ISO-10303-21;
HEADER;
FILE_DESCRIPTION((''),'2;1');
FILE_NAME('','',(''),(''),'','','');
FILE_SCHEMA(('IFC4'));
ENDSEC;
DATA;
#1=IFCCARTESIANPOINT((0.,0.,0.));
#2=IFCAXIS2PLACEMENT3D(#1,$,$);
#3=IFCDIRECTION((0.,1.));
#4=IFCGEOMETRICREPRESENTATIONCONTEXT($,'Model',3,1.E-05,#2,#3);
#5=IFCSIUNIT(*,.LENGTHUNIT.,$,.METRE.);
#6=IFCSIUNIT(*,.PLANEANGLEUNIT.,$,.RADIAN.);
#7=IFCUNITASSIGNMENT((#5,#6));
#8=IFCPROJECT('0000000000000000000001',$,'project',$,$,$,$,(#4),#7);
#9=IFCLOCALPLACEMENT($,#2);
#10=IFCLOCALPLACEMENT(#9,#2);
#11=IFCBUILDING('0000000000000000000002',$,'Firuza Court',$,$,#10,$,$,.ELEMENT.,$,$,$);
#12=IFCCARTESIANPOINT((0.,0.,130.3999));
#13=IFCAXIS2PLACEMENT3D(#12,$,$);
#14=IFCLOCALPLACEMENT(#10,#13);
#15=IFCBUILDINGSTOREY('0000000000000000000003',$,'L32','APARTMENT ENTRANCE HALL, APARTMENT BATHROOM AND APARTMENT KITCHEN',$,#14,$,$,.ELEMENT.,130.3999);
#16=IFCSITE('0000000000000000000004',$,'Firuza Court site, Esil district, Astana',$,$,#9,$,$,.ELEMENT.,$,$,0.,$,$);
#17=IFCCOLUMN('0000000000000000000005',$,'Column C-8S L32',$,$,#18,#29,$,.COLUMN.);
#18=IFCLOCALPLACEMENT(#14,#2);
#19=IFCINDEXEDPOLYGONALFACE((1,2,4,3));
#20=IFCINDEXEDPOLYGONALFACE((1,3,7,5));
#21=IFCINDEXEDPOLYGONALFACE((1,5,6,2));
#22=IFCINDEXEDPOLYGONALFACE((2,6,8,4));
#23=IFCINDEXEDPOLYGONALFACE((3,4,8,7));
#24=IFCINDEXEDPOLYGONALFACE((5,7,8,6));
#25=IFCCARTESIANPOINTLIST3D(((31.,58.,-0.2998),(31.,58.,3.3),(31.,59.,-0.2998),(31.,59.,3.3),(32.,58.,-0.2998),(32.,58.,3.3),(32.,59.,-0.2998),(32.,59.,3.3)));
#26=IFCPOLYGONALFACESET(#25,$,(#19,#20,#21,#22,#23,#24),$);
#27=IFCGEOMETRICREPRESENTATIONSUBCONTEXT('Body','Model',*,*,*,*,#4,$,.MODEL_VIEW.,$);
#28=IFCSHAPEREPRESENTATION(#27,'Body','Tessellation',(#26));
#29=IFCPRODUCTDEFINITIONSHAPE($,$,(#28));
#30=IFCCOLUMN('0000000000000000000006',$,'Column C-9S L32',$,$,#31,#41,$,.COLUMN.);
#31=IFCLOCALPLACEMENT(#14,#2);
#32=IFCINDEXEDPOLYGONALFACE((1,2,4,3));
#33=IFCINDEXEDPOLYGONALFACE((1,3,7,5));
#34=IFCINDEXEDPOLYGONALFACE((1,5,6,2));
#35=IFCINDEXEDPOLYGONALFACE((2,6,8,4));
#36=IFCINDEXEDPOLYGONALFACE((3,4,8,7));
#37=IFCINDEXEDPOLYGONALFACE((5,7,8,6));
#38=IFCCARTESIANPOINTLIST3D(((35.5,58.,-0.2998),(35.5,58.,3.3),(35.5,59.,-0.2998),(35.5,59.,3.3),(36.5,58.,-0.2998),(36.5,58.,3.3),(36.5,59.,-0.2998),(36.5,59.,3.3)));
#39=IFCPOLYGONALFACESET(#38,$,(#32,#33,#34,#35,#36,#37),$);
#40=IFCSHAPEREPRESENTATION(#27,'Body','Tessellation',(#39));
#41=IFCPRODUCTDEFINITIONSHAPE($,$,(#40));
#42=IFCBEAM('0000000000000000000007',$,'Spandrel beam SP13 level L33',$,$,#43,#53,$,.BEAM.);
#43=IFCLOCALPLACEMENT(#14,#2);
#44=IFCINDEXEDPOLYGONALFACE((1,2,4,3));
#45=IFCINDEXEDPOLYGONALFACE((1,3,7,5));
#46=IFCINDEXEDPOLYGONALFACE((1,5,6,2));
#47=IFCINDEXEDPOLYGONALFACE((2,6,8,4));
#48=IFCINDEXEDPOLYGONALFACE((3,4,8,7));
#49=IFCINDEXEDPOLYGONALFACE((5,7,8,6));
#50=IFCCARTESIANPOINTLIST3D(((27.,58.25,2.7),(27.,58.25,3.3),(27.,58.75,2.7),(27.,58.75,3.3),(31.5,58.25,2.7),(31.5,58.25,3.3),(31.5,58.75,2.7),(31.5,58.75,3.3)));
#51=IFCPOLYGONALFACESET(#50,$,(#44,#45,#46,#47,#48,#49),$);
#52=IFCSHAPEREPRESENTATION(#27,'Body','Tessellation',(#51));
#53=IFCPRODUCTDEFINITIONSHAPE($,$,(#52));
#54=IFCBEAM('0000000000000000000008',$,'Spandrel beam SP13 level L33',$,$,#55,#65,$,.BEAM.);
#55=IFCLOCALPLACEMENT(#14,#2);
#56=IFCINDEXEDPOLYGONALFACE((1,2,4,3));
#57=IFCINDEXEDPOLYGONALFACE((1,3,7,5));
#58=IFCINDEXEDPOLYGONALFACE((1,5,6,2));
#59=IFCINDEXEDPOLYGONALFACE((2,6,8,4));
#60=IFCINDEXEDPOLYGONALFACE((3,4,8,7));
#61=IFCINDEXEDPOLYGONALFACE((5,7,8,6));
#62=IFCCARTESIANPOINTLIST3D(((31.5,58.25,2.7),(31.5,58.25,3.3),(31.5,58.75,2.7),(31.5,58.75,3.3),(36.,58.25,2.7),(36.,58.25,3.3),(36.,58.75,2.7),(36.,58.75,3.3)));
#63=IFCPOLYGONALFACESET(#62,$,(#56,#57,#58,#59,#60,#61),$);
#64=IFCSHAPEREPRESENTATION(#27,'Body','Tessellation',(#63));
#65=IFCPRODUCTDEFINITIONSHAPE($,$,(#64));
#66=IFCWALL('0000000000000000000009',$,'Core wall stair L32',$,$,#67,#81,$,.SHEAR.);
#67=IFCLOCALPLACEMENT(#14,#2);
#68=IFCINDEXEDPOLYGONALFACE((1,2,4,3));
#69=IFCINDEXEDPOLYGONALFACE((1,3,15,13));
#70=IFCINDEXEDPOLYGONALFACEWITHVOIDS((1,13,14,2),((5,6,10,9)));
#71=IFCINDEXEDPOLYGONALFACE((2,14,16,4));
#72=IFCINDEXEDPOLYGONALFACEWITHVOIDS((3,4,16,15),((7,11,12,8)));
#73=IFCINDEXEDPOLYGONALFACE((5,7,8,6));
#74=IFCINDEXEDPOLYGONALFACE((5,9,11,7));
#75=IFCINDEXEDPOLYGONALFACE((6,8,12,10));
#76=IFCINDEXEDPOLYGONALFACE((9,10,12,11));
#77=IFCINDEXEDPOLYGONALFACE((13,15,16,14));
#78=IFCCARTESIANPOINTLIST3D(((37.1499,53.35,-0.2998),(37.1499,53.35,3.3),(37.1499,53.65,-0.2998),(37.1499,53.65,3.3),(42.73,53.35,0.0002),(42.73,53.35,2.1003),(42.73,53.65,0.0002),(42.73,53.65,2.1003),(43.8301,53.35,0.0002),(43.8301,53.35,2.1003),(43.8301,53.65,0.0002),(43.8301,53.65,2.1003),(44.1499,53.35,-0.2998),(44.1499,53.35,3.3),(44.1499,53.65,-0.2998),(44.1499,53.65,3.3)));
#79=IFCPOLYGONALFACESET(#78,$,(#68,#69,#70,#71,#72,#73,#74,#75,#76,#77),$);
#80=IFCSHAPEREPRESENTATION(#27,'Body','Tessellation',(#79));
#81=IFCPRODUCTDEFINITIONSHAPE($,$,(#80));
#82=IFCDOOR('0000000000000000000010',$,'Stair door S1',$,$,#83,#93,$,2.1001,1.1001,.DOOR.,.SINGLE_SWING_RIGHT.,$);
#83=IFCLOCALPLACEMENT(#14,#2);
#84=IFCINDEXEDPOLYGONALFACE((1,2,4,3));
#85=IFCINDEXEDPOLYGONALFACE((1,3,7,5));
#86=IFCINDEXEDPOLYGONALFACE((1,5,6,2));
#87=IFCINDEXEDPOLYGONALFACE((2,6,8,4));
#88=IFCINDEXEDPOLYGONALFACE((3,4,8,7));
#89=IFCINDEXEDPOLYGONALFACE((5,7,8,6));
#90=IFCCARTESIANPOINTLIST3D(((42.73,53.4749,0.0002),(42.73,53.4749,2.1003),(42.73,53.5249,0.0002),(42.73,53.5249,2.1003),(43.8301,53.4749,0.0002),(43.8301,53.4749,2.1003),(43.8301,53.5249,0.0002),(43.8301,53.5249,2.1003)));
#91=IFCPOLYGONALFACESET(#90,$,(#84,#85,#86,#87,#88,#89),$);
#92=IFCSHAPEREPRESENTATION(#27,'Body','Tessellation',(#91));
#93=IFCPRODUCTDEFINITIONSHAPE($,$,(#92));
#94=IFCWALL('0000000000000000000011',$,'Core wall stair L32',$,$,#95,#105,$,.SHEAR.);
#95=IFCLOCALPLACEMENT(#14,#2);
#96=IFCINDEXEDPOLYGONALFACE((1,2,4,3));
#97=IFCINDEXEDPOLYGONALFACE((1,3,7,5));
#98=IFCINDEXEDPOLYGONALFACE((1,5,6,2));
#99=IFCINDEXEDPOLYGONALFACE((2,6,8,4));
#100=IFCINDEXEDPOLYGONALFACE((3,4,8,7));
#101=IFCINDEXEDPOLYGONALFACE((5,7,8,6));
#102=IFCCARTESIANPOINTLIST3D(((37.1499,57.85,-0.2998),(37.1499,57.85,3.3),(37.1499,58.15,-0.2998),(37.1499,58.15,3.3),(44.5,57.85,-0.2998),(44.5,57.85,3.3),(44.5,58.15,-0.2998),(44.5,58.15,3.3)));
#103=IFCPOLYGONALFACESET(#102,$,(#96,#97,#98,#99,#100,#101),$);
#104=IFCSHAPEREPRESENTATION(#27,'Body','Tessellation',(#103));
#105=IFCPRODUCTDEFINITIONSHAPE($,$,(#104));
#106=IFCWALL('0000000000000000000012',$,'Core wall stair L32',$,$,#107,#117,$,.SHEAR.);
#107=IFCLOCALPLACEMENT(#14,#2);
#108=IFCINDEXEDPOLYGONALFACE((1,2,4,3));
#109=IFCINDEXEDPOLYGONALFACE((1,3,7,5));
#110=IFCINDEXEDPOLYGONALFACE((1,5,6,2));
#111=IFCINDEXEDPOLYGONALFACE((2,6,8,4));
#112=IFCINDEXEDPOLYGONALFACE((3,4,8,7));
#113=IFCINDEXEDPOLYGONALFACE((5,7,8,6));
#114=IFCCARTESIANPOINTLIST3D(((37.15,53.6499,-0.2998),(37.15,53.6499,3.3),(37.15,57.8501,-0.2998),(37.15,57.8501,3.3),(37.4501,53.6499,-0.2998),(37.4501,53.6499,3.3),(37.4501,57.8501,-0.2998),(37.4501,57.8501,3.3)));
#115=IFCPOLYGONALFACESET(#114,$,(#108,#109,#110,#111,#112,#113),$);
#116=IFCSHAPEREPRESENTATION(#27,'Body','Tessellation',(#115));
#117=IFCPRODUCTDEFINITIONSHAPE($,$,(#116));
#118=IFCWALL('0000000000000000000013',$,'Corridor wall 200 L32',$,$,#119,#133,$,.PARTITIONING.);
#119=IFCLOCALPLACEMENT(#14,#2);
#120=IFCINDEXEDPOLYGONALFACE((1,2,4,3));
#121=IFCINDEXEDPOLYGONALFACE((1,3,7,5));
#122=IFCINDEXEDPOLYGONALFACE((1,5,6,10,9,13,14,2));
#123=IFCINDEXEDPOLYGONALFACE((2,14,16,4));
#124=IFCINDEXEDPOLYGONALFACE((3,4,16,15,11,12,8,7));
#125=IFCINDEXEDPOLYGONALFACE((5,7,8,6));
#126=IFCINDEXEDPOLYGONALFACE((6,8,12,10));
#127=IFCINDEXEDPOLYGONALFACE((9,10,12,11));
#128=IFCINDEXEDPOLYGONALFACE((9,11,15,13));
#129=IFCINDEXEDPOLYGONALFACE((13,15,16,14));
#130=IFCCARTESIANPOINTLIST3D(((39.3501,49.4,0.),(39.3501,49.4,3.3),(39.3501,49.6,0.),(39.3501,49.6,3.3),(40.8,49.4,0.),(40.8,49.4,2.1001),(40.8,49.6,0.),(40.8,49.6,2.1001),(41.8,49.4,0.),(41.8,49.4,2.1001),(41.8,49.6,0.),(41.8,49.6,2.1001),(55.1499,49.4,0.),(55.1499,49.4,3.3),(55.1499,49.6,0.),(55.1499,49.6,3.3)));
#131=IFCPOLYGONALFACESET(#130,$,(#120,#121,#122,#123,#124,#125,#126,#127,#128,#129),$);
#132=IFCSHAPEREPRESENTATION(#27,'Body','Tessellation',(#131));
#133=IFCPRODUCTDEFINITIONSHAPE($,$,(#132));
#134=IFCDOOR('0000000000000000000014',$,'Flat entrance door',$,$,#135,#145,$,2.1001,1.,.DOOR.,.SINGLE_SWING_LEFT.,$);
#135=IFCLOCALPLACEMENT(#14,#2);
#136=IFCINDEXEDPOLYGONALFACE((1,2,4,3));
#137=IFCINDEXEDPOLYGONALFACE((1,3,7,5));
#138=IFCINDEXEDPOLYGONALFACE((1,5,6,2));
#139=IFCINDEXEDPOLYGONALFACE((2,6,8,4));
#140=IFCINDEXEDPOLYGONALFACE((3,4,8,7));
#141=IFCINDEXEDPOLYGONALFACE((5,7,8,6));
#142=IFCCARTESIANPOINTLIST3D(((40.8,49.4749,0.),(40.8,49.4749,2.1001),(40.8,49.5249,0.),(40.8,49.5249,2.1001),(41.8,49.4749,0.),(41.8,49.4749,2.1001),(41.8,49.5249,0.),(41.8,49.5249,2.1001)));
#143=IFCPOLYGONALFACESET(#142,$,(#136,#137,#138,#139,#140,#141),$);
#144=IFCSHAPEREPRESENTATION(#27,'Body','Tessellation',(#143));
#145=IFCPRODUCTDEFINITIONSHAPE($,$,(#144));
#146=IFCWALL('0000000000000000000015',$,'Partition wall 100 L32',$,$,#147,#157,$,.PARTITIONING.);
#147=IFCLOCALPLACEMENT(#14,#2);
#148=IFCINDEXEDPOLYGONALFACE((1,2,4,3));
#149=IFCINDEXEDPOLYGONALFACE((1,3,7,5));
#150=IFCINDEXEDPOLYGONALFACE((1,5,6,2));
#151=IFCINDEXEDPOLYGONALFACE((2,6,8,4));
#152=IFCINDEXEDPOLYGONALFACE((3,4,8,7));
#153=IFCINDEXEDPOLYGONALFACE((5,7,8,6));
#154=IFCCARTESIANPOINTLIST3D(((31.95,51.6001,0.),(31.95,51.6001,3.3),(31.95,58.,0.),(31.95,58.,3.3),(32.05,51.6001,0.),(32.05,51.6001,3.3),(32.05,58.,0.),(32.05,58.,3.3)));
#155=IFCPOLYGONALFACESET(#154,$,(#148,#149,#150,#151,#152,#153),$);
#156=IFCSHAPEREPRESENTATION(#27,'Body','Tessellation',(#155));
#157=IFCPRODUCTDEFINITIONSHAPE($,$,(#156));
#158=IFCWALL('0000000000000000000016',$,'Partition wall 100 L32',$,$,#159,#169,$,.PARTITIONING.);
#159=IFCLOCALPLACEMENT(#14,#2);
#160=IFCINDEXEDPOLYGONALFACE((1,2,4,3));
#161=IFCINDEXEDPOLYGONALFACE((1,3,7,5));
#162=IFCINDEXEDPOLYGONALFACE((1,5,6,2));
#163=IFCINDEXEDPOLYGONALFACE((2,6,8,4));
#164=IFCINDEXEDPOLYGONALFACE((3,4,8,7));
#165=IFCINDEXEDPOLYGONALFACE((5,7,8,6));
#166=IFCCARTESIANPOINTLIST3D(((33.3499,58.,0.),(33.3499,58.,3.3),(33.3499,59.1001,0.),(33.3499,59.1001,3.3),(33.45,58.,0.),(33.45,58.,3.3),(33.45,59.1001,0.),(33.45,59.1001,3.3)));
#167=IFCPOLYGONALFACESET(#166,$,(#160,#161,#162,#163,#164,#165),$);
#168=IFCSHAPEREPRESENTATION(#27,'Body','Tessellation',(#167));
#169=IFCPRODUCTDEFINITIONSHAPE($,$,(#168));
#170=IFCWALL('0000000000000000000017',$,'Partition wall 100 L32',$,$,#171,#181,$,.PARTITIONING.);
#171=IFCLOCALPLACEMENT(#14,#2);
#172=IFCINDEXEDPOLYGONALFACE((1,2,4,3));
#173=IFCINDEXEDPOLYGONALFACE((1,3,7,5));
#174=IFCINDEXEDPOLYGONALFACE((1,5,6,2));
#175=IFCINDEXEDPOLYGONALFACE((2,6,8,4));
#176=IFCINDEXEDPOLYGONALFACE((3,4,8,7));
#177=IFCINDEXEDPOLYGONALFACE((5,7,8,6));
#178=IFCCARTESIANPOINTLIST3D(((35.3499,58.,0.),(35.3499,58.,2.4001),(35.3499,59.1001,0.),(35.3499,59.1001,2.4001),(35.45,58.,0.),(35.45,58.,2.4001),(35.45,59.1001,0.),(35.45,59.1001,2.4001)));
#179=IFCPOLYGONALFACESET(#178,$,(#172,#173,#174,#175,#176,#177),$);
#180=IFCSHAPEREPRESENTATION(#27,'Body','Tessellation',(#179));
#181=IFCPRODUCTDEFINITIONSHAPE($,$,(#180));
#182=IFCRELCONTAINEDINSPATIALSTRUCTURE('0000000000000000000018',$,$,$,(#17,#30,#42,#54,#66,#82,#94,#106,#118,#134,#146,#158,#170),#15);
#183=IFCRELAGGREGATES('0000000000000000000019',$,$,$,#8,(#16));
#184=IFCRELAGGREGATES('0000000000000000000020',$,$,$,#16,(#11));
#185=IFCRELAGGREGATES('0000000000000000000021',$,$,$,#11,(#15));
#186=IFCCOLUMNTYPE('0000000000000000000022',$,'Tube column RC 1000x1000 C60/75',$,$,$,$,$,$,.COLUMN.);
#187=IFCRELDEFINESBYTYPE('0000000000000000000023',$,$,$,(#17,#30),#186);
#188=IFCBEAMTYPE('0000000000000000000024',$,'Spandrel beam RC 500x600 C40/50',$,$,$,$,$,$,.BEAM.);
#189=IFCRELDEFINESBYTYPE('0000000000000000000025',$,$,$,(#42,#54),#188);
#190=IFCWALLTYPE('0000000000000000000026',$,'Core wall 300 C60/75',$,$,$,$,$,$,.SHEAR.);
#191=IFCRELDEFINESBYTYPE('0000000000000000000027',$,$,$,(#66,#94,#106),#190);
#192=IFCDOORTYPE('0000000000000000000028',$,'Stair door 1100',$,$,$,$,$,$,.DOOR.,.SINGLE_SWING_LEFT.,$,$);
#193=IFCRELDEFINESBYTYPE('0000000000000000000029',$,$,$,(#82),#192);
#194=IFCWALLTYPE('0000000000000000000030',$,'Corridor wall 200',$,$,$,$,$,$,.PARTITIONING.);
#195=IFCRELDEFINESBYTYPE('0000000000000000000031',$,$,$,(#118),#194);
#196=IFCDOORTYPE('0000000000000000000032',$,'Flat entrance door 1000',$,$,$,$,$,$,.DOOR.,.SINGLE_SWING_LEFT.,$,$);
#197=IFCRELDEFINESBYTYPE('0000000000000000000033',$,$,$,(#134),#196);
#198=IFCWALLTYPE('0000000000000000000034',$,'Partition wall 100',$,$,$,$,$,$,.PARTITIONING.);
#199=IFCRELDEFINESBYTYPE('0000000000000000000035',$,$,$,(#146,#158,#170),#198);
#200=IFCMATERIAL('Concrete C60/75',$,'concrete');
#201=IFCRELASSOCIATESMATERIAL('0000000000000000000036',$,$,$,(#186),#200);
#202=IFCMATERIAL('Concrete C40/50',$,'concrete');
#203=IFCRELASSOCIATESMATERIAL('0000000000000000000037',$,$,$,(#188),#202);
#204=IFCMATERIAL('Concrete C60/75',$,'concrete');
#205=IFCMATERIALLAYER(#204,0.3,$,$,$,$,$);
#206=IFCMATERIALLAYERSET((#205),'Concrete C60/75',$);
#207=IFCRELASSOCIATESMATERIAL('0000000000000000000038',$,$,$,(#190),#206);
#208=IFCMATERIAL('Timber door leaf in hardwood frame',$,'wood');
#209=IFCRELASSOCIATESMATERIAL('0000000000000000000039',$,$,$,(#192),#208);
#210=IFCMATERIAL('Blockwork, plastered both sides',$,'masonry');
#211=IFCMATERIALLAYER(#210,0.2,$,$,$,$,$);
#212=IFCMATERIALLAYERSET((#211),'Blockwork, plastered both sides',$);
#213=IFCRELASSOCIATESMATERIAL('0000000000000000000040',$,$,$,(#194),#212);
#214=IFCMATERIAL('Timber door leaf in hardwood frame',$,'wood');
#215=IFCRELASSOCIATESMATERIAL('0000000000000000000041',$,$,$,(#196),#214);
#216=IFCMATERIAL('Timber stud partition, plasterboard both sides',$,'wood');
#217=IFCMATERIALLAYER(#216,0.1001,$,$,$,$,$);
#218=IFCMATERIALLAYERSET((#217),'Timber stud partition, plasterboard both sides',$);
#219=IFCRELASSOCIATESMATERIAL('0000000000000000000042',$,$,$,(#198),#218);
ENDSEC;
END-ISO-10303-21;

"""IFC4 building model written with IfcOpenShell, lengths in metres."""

from ifc_helpers import new_model, si_unit, direction, frame, frame_2d, origin, origin_2d, place, context, subcontext, project, spatial, rectangle, extrude, material, layer, layer_set, material_profile, profile_set, type_object, element, fill, save


model = new_model("IFC4")

# Units and contexts
model_context = context("Model", 3, precision=1e-05, world=origin(), true_north=direction((0.0, 1.0)))
body_context = subcontext(model_context, "Body", "Model", "MODEL_VIEW")
ifc_project = project(units=[si_unit("LENGTHUNIT", "METRE"), si_unit("PLANEANGLEUNIT", "RADIAN")], contexts=[model_context])

# Site, building, storey
site_placement = place(None, origin())
site = spatial("IfcSite", under=ifc_project, at=site_placement, Name="Firuza Court site, Esil district, Astana", CompositionType="ELEMENT", RefElevation=0.0)
building_placement = place(site_placement, origin())
building = spatial("IfcBuilding", under=site, at=building_placement, Name="Firuza Court", CompositionType="ELEMENT")
storey_placement = place(building_placement, frame((0.0, 0.0, 130.3999)))
storey = spatial("IfcBuildingStorey", under=building, at=storey_placement, Name="L32", Description="APARTMENT ENTRANCE HALL, APARTMENT BATHROOM AND APARTMENT KITCHEN", CompositionType="ELEMENT", Elevation=130.3999)

# Columns
ifc_material_1 = material(Name="Concrete C60/75", Category="concrete")
ifc_material_profile_1 = material_profile(ifc_material_1, rectangle(XDim=1.0, YDim=1.0, at=origin_2d()), Name="RC 1000x1000")
ifc_profile_set_1 = profile_set([ifc_material_profile_1], Name="Concrete C60/75")
column_type = type_object("IfcColumnType", Name="Tube column RC 1000x1000 C60/75", PredefinedType="COLUMN", material=ifc_profile_set_1)
for number, where, z_axis, x_axis, name in (
    (1, (31.5, 58.5, -0.2998), (0.0, 0.0, 1.0), (1.0, 0.0, 0.0), "Column C-8S L32"),
    (2, (36.0, 58.5, -0.2998), (0.0, 0.0, 1.0), (1.0, 0.0, 0.0), "Column C-9S L32"),
):
    element("IfcColumn", number, at=place(storey_placement, frame(where, z_axis=z_axis, x_axis=x_axis)), inside=storey, type_object=column_type, Name=name, PredefinedType="COLUMN", context=body_context, shape_type="SweptSolid", body=[
        extrude(rectangle(XDim=1.0, YDim=1.0, at=origin_2d()), origin(), (0.0, 0.0, 1.0), 3.5999),
    ])

# Beams
ifc_material_2 = material(Name="Concrete C40/50", Category="concrete")
ifc_material_profile_2 = material_profile(ifc_material_2, rectangle(XDim=0.5, YDim=0.6001, at=origin_2d()), Name="RC 500x600")
ifc_profile_set_2 = profile_set([ifc_material_profile_2], Name="Concrete C40/50")
beam_type = type_object("IfcBeamType", Name="Spandrel beam RC 500x600 C40/50", PredefinedType="BEAM", material=ifc_profile_set_2)
for number, where, z_axis, x_axis, name in (
    (3, (31.5, 58.5, 3.0), (-1.0, 0.0, 0.0), (0.0, -1.0, 0.0), "Spandrel beam SP13 level L33"),
    (4, (36.0, 58.5, 3.0), (-1.0, 0.0, 0.0), (0.0, -1.0, 0.0), "Spandrel beam SP13 level L33"),
):
    element("IfcBeam", number, at=place(storey_placement, frame(where, z_axis=z_axis, x_axis=x_axis)), inside=storey, type_object=beam_type, Name=name, PredefinedType="BEAM", context=body_context, shape_type="SweptSolid", body=[
        extrude(rectangle(XDim=0.5, YDim=0.6001, at=origin_2d()), origin(), (0.0, 0.0, 1.0), 4.5),
    ])

# Wall, opening, door
ifc_material_3 = material(Name="Concrete C60/75", Category="concrete")
ifc_layer_1 = layer(ifc_material_3, 0.3)
ifc_layer_set_1 = layer_set([ifc_layer_1], Name="Concrete C60/75")
wall_type_1 = type_object("IfcWallType", Name="Core wall 300 C60/75", PredefinedType="SHEAR", material=ifc_layer_set_1)
wall_1_placement = place(storey_placement, frame((37.1499, 53.5, -0.2998), z_axis=(0.0, 0.0, 1.0), x_axis=(1.0, 0.0, 0.0)))
wall_1 = element("IfcWall", 5, at=wall_1_placement, inside=storey, type_object=wall_type_1, Name="Core wall stair L32", PredefinedType="SHEAR", context=body_context, shape_type="SweptSolid", body=[
    extrude(rectangle(XDim=7.0, YDim=0.3, at=frame_2d((3.5, 0.0))), origin(), (0.0, 0.0, 1.0), 3.5999),
])
opening_1_placement = place(wall_1_placement, frame((5.5801, 0.0, 0.3)))
opening_1 = element("IfcOpeningElement", 6, at=opening_1_placement, cuts=wall_1, PredefinedType="OPENING", context=body_context, shape_type="SweptSolid", body=[
    extrude(rectangle(XDim=1.1001, YDim=2.1001, at=frame_2d((0.55, 1.05))), frame((0.0, 0.1621, 0.0), z_axis=(0.0, -1.0, 0.0), x_axis=(1.0, 0.0, 0.0)), (0.0, 0.0, 1.0), 0.324),
])
ifc_material_4 = material(Name="Timber door leaf in hardwood frame", Category="wood")
door_type_1 = type_object("IfcDoorType", Name="Stair door 1100", OperationType="SINGLE_SWING_LEFT", PredefinedType="DOOR", material=ifc_material_4)
door_1_placement = place(opening_1_placement, origin())
door_1 = element("IfcDoor", 7, at=door_1_placement, inside=storey, type_object=door_type_1, Name="Stair door S1", OperationType="SINGLE_SWING_RIGHT", OverallHeight=2.1001, OverallWidth=1.1001, PredefinedType="DOOR", context=body_context, shape_type="SweptSolid", body=[
    extrude(rectangle(XDim=1.1001, YDim=2.1001, at=frame_2d((0.55, 1.05))), frame((0.0, 0.0249, 0.0), z_axis=(0.0, -1.0, 0.0), x_axis=(1.0, 0.0, 0.0)), (0.0, 0.0, 1.0), 0.05),
])
fill(opening_1, door_1)

# Walls
wall_2_placement = place(storey_placement, frame((37.1499, 58.0, -0.2998), z_axis=(0.0, 0.0, 1.0), x_axis=(1.0, 0.0, 0.0)))
element("IfcWall", 8, at=wall_2_placement, inside=storey, type_object=wall_type_1, Name="Core wall stair L32", PredefinedType="SHEAR", context=body_context, shape_type="SweptSolid", body=[
    extrude(rectangle(XDim=7.3501, YDim=0.3, at=frame_2d((3.675, 0.0))), origin(), (0.0, 0.0, 1.0), 3.5999),
])
wall_3_placement = place(storey_placement, frame((37.3, 53.6499, -0.2998), z_axis=(0.0, 0.0, 1.0), x_axis=(0.0, 1.0, 0.0)))
element("IfcWall", 9, at=wall_3_placement, inside=storey, type_object=wall_type_1, Name="Core wall stair L32", PredefinedType="SHEAR", context=body_context, shape_type="SweptSolid", body=[
    extrude(rectangle(XDim=4.2002, YDim=0.3, at=frame_2d((2.1001, 0.0))), origin(), (0.0, 0.0, 1.0), 3.5999),
])

# Wall, opening, door
ifc_material_5 = material(Name="Blockwork, plastered both sides", Category="masonry")
ifc_layer_2 = layer(ifc_material_5, 0.2)
ifc_layer_set_2 = layer_set([ifc_layer_2], Name="Blockwork, plastered both sides")
wall_type_2 = type_object("IfcWallType", Name="Corridor wall 200", PredefinedType="PARTITIONING", material=ifc_layer_set_2)
wall_4_placement = place(storey_placement, frame((39.3501, 49.5, 0.0), z_axis=(0.0, 0.0, 1.0), x_axis=(1.0, 0.0, 0.0)))
wall_4 = element("IfcWall", 10, at=wall_4_placement, inside=storey, type_object=wall_type_2, Name="Corridor wall 200 L32", PredefinedType="PARTITIONING", context=body_context, shape_type="SweptSolid", body=[
    extrude(rectangle(XDim=15.7998, YDim=0.2, at=frame_2d((7.8999, 0.0))), origin(), (0.0, 0.0, 1.0), 3.3),
])
opening_2_placement = place(wall_4_placement, frame((1.45, 0.0, 0.0)))
opening_2 = element("IfcOpeningElement", 11, at=opening_2_placement, cuts=wall_4, PredefinedType="OPENING", context=body_context, shape_type="SweptSolid", body=[
    extrude(rectangle(XDim=1.0, YDim=2.1001, at=frame_2d((0.5, 1.05))), frame((0.0, 0.1118, 0.0), z_axis=(0.0, -1.0, 0.0), x_axis=(1.0, 0.0, 0.0)), (0.0, 0.0, 1.0), 0.2239),
])
ifc_material_6 = material(Name="Timber door leaf in hardwood frame", Category="wood")
door_type_2 = type_object("IfcDoorType", Name="Flat entrance door 1000", OperationType="SINGLE_SWING_LEFT", PredefinedType="DOOR", material=ifc_material_6)
door_2_placement = place(opening_2_placement, origin())
door_2 = element("IfcDoor", 12, at=door_2_placement, inside=storey, type_object=door_type_2, Name="Flat entrance door", OperationType="SINGLE_SWING_LEFT", OverallHeight=2.1001, OverallWidth=1.0, PredefinedType="DOOR", context=body_context, shape_type="SweptSolid", body=[
    extrude(rectangle(XDim=1.0, YDim=2.1001, at=frame_2d((0.5, 1.05))), frame((0.0, 0.0249, 0.0), z_axis=(0.0, -1.0, 0.0), x_axis=(1.0, 0.0, 0.0)), (0.0, 0.0, 1.0), 0.05),
])
fill(opening_2, door_2)

# Walls
ifc_material_7 = material(Name="Timber stud partition, plasterboard both sides", Category="wood")
ifc_layer_3 = layer(ifc_material_7, 0.1001)
ifc_layer_set_3 = layer_set([ifc_layer_3], Name="Timber stud partition, plasterboard both sides")
wall_type_3 = type_object("IfcWallType", Name="Partition wall 100", PredefinedType="PARTITIONING", material=ifc_layer_set_3)
wall_5_placement = place(storey_placement, frame((32.0, 51.6001, 0.0), z_axis=(0.0, 0.0, 1.0), x_axis=(0.0, 1.0, 0.0)))
element("IfcWall", 13, at=wall_5_placement, inside=storey, type_object=wall_type_3, Name="Partition wall 100 L32", PredefinedType="PARTITIONING", context=body_context, shape_type="SweptSolid", body=[
    extrude(rectangle(XDim=6.3999, YDim=0.1001, at=frame_2d((3.2, 0.0))), origin(), (0.0, 0.0, 1.0), 3.3),
])
wall_6_placement = place(storey_placement, frame((33.3999, 58.0, 0.0), z_axis=(0.0, 0.0, 1.0), x_axis=(0.0, 1.0, 0.0)))
element("IfcWall", 14, at=wall_6_placement, inside=storey, type_object=wall_type_3, Name="Partition wall 100 L32", PredefinedType="PARTITIONING", context=body_context, shape_type="SweptSolid", body=[
    extrude(rectangle(XDim=1.1001, YDim=0.1001, at=frame_2d((0.55, 0.0))), origin(), (0.0, 0.0, 1.0), 3.3),
])
wall_7_placement = place(storey_placement, frame((35.3999, 58.0, 0.0), z_axis=(0.0, 0.0, 1.0), x_axis=(0.0, 1.0, 0.0)))
element("IfcWall", 15, at=wall_7_placement, inside=storey, type_object=wall_type_3, Name="Partition wall 100 L32", PredefinedType="PARTITIONING", context=body_context, shape_type="SweptSolid", body=[
    extrude(rectangle(XDim=1.1001, YDim=0.1001, at=frame_2d((0.55, 0.0))), origin(), (0.0, 0.0, 1.0), 2.4001),
])

save(model, "model.ifc")
